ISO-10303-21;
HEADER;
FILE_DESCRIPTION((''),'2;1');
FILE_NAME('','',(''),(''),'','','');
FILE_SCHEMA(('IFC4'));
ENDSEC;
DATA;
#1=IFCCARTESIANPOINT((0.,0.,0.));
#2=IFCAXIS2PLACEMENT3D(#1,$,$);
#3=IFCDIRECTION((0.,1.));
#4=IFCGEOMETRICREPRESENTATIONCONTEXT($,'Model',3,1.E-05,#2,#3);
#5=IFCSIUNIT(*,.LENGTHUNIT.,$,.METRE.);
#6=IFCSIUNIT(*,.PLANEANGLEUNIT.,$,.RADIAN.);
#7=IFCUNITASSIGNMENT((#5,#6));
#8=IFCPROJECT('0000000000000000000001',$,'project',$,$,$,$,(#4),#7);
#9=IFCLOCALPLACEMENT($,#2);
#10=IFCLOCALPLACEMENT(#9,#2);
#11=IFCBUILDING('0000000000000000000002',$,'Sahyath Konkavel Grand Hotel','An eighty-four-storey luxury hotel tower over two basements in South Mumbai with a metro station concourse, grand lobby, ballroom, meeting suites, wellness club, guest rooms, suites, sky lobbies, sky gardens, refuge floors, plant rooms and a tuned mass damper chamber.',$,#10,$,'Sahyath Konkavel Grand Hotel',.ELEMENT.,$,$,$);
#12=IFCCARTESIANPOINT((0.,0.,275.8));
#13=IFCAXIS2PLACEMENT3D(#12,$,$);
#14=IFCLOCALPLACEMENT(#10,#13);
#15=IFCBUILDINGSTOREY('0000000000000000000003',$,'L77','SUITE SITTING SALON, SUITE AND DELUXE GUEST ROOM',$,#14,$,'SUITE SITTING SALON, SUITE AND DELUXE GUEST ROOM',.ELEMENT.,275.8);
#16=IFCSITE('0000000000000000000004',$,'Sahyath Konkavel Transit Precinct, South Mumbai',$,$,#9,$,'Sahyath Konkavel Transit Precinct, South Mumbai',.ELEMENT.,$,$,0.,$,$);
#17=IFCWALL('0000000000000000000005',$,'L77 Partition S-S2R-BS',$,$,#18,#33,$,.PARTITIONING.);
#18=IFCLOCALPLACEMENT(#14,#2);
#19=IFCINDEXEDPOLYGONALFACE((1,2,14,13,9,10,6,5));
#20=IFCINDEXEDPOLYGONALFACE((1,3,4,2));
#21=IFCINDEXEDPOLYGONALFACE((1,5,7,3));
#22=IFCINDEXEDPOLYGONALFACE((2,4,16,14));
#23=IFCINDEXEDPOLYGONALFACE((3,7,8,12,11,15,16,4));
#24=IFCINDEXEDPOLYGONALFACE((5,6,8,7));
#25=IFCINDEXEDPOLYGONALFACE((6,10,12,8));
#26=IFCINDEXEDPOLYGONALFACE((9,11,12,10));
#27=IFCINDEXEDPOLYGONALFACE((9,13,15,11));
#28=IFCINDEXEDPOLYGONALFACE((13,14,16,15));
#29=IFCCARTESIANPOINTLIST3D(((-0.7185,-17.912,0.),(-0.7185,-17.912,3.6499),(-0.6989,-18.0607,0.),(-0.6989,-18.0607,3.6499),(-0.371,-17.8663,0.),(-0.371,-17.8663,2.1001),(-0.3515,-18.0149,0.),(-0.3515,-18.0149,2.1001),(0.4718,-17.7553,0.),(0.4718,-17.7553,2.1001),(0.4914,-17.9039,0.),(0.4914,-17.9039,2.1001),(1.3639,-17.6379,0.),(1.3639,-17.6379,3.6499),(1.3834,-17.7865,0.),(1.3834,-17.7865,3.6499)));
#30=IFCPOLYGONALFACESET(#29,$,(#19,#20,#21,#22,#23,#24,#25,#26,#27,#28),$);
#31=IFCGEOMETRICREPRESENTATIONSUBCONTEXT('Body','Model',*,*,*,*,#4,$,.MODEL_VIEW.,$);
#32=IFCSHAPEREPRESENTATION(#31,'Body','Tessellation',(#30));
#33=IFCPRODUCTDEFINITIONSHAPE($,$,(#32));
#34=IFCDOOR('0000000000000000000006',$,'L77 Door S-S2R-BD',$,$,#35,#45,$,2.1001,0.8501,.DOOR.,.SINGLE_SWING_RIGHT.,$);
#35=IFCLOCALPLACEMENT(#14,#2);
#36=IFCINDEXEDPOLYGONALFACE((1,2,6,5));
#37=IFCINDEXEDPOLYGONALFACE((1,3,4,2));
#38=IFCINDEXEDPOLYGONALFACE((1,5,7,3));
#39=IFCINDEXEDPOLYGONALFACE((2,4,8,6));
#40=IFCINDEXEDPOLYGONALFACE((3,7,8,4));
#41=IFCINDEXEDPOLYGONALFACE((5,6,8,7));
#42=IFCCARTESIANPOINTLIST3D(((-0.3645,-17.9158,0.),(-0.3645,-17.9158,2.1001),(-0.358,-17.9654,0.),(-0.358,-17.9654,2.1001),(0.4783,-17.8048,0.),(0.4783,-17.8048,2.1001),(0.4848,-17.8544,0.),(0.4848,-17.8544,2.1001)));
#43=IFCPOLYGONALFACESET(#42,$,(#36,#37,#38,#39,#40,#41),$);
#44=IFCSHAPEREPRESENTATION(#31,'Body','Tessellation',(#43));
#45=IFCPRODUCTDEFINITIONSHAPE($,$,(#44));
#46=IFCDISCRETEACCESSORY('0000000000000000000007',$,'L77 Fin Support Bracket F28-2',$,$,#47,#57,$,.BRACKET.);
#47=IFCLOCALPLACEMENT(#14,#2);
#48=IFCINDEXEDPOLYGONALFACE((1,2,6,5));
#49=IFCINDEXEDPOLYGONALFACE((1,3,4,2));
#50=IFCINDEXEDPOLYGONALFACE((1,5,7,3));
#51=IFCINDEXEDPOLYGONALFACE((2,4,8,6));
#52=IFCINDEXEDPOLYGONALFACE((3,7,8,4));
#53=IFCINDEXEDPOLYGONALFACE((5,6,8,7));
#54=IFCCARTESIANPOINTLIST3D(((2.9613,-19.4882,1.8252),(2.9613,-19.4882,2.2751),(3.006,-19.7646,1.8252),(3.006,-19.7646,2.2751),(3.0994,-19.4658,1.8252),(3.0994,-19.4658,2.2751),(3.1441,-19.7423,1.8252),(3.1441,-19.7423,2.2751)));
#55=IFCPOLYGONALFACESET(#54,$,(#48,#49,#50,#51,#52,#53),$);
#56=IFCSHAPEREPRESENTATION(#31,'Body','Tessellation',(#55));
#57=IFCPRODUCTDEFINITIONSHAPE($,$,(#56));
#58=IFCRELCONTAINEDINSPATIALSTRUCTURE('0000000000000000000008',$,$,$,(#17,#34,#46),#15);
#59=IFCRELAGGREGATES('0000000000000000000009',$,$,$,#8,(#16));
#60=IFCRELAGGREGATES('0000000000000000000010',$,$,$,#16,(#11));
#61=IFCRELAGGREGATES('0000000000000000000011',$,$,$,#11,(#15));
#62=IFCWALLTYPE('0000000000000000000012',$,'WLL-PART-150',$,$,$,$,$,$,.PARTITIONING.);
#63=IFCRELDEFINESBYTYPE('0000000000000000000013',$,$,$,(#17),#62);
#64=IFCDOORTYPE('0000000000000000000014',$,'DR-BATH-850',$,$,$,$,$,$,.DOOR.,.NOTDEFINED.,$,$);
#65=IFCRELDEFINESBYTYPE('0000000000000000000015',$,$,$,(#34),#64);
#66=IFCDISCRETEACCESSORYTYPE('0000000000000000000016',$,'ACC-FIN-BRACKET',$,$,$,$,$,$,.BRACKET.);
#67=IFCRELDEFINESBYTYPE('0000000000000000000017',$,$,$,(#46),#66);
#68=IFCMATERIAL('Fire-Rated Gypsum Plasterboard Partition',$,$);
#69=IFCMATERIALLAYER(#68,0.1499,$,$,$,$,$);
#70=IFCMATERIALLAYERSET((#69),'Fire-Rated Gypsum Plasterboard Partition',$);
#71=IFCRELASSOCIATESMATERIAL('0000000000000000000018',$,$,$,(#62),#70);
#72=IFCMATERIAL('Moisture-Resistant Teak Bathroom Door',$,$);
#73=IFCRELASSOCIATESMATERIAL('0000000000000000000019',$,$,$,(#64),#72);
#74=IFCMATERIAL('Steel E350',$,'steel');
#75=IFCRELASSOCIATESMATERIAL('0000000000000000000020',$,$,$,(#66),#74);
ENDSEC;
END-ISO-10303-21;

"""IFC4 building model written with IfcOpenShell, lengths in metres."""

from ifc_helpers import new_model, si_unit, direction, frame, frame_2d, origin, origin_2d, place, context, subcontext, project, spatial, rectangle, extrude, source, transform, mapped, material, layer, layer_set, type_object, element, fill, save


model = new_model("IFC4")

# Units and contexts
model_context = context("Model", 3, precision=1e-05, world=origin(), true_north=direction((0.0, 1.0)))
body_context = subcontext(model_context, "Body", "Model", "MODEL_VIEW")
ifc_project = project(units=[si_unit("LENGTHUNIT", "METRE"), si_unit("PLANEANGLEUNIT", "RADIAN")], contexts=[model_context])

# Site, building, storey
site_placement = place(None, origin())
site = spatial("IfcSite", under=ifc_project, at=site_placement, Name="Sahyath Konkavel Transit Precinct, South Mumbai", LongName="Sahyath Konkavel Transit Precinct, South Mumbai", CompositionType="ELEMENT", RefElevation=0.0)
building_placement = place(site_placement, origin())
building = spatial("IfcBuilding", under=site, at=building_placement, Name="Sahyath Konkavel Grand Hotel", Description="An eighty-four-storey luxury hotel tower over two basements in South Mumbai with a metro station concourse, grand lobby, ballroom, meeting suites, wellness club, guest rooms, suites, sky lobbies, sky gardens, refuge floors, plant rooms and a tuned mass damper chamber.", LongName="Sahyath Konkavel Grand Hotel", CompositionType="ELEMENT")
storey_placement = place(building_placement, frame((0.0, 0.0, 275.8)))
storey = spatial("IfcBuildingStorey", under=building, at=storey_placement, Name="L77", Description="SUITE SITTING SALON, SUITE AND DELUXE GUEST ROOM", LongName="SUITE SITTING SALON, SUITE AND DELUXE GUEST ROOM", CompositionType="ELEMENT", Elevation=275.8)

# Shared definitions
ifc_material_1 = material(Name="Steel E350", Category="steel")

# Shared definitions
ifc_material_2 = material(Name="Fire-Rated Gypsum Plasterboard Partition")
ifc_layer_1 = layer(ifc_material_2, 0.1499)
ifc_layer_set_1 = layer_set([ifc_layer_1], Name="Fire-Rated Gypsum Plasterboard Partition")
wall_type_1 = type_object("IfcWallType", Name="WLL-PART-150", PredefinedType="PARTITIONING", material=ifc_layer_set_1)
shared_shape_1 = source(origin(), body_context, "Body", "SweptSolid", [
    extrude(rectangle(XDim=0.8501, YDim=0.05, at=origin_2d()), origin(), (0.0, 0.0, 1.0), 2.1001),
])

# Wall, opening, door
wall_1_placement = place(storey_placement, frame((1.3738, -17.7122, 0.0), z_axis=(0.0, 0.0, 1.0), x_axis=(-0.991443, -0.130542, 0.0)))
wall_1 = element("IfcWall", 1, at=wall_1_placement, inside=storey, type_object=wall_type_1, Name="L77 Partition S-S2R-BS", PredefinedType="PARTITIONING", context=body_context, shape_type="SweptSolid", body=[
    extrude(rectangle(XDim=2.1003, YDim=0.1499, at=frame_2d((1.0503, 0.0))), origin(), (0.0, 0.0, 1.0), 3.6499),
])
opening_1_placement = place(wall_1_placement, frame((0.8999, 0.0, 0.0)))
opening_1 = element("IfcOpeningElement", 2, at=opening_1_placement, cuts=wall_1, PredefinedType="OPENING", context=body_context, shape_type="SweptSolid", body=[
    extrude(rectangle(XDim=0.8501, YDim=2.1001, at=frame_2d((0.425, 1.05))), frame((0.0, 0.085, 0.0), z_axis=(0.0, -1.0, 0.0), x_axis=(1.0, 0.0, 0.0)), (0.0, 0.0, 1.0), 0.1699),
])
ifc_material_3 = material(Name="Moisture-Resistant Teak Bathroom Door")
door_type_1 = type_object("IfcDoorType", Name="DR-BATH-850", OperationType="NOTDEFINED", PredefinedType="DOOR", material=ifc_material_3)
door_1_placement = place(opening_1_placement, frame((0.425, 0.0, 0.0)))
door_1 = element("IfcDoor", 3, at=door_1_placement, inside=storey, type_object=door_type_1, Name="L77 Door S-S2R-BD", OperationType="SINGLE_SWING_RIGHT", OverallHeight=2.1001, OverallWidth=0.8501, PredefinedType="DOOR", context=body_context, shape_type="MappedRepresentation", body=[
    mapped(shared_shape_1, transform((0.0, 0.0, 0.0), scale=1.0)),
])
fill(opening_1, door_1)

# Discrete accessory
discrete_accessory_type = type_object("IfcDiscreteAccessoryType", Name="ACC-FIN-BRACKET", PredefinedType="BRACKET", material=ifc_material_1)
shared_shape_2 = source(origin(), body_context, "Body", "SweptSolid", [
    extrude(rectangle(XDim=0.28, YDim=0.1399, at=origin_2d()), origin(), (0.0, 0.0, 1.0), 0.45),
])
discrete_accessory_placement = place(storey_placement, frame((3.0527, -19.6152, 1.8252), z_axis=(0.0, 0.0, 1.0), x_axis=(0.159623, -0.987178, 0.0)))
element("IfcDiscreteAccessory", 4, at=discrete_accessory_placement, inside=storey, type_object=discrete_accessory_type, Name="L77 Fin Support Bracket F28-2", PredefinedType="BRACKET", context=body_context, shape_type="MappedRepresentation", body=[
    mapped(shared_shape_2, transform((0.0, 0.0, 0.0), scale=1.0)),
])

save(model, "model.ifc")
